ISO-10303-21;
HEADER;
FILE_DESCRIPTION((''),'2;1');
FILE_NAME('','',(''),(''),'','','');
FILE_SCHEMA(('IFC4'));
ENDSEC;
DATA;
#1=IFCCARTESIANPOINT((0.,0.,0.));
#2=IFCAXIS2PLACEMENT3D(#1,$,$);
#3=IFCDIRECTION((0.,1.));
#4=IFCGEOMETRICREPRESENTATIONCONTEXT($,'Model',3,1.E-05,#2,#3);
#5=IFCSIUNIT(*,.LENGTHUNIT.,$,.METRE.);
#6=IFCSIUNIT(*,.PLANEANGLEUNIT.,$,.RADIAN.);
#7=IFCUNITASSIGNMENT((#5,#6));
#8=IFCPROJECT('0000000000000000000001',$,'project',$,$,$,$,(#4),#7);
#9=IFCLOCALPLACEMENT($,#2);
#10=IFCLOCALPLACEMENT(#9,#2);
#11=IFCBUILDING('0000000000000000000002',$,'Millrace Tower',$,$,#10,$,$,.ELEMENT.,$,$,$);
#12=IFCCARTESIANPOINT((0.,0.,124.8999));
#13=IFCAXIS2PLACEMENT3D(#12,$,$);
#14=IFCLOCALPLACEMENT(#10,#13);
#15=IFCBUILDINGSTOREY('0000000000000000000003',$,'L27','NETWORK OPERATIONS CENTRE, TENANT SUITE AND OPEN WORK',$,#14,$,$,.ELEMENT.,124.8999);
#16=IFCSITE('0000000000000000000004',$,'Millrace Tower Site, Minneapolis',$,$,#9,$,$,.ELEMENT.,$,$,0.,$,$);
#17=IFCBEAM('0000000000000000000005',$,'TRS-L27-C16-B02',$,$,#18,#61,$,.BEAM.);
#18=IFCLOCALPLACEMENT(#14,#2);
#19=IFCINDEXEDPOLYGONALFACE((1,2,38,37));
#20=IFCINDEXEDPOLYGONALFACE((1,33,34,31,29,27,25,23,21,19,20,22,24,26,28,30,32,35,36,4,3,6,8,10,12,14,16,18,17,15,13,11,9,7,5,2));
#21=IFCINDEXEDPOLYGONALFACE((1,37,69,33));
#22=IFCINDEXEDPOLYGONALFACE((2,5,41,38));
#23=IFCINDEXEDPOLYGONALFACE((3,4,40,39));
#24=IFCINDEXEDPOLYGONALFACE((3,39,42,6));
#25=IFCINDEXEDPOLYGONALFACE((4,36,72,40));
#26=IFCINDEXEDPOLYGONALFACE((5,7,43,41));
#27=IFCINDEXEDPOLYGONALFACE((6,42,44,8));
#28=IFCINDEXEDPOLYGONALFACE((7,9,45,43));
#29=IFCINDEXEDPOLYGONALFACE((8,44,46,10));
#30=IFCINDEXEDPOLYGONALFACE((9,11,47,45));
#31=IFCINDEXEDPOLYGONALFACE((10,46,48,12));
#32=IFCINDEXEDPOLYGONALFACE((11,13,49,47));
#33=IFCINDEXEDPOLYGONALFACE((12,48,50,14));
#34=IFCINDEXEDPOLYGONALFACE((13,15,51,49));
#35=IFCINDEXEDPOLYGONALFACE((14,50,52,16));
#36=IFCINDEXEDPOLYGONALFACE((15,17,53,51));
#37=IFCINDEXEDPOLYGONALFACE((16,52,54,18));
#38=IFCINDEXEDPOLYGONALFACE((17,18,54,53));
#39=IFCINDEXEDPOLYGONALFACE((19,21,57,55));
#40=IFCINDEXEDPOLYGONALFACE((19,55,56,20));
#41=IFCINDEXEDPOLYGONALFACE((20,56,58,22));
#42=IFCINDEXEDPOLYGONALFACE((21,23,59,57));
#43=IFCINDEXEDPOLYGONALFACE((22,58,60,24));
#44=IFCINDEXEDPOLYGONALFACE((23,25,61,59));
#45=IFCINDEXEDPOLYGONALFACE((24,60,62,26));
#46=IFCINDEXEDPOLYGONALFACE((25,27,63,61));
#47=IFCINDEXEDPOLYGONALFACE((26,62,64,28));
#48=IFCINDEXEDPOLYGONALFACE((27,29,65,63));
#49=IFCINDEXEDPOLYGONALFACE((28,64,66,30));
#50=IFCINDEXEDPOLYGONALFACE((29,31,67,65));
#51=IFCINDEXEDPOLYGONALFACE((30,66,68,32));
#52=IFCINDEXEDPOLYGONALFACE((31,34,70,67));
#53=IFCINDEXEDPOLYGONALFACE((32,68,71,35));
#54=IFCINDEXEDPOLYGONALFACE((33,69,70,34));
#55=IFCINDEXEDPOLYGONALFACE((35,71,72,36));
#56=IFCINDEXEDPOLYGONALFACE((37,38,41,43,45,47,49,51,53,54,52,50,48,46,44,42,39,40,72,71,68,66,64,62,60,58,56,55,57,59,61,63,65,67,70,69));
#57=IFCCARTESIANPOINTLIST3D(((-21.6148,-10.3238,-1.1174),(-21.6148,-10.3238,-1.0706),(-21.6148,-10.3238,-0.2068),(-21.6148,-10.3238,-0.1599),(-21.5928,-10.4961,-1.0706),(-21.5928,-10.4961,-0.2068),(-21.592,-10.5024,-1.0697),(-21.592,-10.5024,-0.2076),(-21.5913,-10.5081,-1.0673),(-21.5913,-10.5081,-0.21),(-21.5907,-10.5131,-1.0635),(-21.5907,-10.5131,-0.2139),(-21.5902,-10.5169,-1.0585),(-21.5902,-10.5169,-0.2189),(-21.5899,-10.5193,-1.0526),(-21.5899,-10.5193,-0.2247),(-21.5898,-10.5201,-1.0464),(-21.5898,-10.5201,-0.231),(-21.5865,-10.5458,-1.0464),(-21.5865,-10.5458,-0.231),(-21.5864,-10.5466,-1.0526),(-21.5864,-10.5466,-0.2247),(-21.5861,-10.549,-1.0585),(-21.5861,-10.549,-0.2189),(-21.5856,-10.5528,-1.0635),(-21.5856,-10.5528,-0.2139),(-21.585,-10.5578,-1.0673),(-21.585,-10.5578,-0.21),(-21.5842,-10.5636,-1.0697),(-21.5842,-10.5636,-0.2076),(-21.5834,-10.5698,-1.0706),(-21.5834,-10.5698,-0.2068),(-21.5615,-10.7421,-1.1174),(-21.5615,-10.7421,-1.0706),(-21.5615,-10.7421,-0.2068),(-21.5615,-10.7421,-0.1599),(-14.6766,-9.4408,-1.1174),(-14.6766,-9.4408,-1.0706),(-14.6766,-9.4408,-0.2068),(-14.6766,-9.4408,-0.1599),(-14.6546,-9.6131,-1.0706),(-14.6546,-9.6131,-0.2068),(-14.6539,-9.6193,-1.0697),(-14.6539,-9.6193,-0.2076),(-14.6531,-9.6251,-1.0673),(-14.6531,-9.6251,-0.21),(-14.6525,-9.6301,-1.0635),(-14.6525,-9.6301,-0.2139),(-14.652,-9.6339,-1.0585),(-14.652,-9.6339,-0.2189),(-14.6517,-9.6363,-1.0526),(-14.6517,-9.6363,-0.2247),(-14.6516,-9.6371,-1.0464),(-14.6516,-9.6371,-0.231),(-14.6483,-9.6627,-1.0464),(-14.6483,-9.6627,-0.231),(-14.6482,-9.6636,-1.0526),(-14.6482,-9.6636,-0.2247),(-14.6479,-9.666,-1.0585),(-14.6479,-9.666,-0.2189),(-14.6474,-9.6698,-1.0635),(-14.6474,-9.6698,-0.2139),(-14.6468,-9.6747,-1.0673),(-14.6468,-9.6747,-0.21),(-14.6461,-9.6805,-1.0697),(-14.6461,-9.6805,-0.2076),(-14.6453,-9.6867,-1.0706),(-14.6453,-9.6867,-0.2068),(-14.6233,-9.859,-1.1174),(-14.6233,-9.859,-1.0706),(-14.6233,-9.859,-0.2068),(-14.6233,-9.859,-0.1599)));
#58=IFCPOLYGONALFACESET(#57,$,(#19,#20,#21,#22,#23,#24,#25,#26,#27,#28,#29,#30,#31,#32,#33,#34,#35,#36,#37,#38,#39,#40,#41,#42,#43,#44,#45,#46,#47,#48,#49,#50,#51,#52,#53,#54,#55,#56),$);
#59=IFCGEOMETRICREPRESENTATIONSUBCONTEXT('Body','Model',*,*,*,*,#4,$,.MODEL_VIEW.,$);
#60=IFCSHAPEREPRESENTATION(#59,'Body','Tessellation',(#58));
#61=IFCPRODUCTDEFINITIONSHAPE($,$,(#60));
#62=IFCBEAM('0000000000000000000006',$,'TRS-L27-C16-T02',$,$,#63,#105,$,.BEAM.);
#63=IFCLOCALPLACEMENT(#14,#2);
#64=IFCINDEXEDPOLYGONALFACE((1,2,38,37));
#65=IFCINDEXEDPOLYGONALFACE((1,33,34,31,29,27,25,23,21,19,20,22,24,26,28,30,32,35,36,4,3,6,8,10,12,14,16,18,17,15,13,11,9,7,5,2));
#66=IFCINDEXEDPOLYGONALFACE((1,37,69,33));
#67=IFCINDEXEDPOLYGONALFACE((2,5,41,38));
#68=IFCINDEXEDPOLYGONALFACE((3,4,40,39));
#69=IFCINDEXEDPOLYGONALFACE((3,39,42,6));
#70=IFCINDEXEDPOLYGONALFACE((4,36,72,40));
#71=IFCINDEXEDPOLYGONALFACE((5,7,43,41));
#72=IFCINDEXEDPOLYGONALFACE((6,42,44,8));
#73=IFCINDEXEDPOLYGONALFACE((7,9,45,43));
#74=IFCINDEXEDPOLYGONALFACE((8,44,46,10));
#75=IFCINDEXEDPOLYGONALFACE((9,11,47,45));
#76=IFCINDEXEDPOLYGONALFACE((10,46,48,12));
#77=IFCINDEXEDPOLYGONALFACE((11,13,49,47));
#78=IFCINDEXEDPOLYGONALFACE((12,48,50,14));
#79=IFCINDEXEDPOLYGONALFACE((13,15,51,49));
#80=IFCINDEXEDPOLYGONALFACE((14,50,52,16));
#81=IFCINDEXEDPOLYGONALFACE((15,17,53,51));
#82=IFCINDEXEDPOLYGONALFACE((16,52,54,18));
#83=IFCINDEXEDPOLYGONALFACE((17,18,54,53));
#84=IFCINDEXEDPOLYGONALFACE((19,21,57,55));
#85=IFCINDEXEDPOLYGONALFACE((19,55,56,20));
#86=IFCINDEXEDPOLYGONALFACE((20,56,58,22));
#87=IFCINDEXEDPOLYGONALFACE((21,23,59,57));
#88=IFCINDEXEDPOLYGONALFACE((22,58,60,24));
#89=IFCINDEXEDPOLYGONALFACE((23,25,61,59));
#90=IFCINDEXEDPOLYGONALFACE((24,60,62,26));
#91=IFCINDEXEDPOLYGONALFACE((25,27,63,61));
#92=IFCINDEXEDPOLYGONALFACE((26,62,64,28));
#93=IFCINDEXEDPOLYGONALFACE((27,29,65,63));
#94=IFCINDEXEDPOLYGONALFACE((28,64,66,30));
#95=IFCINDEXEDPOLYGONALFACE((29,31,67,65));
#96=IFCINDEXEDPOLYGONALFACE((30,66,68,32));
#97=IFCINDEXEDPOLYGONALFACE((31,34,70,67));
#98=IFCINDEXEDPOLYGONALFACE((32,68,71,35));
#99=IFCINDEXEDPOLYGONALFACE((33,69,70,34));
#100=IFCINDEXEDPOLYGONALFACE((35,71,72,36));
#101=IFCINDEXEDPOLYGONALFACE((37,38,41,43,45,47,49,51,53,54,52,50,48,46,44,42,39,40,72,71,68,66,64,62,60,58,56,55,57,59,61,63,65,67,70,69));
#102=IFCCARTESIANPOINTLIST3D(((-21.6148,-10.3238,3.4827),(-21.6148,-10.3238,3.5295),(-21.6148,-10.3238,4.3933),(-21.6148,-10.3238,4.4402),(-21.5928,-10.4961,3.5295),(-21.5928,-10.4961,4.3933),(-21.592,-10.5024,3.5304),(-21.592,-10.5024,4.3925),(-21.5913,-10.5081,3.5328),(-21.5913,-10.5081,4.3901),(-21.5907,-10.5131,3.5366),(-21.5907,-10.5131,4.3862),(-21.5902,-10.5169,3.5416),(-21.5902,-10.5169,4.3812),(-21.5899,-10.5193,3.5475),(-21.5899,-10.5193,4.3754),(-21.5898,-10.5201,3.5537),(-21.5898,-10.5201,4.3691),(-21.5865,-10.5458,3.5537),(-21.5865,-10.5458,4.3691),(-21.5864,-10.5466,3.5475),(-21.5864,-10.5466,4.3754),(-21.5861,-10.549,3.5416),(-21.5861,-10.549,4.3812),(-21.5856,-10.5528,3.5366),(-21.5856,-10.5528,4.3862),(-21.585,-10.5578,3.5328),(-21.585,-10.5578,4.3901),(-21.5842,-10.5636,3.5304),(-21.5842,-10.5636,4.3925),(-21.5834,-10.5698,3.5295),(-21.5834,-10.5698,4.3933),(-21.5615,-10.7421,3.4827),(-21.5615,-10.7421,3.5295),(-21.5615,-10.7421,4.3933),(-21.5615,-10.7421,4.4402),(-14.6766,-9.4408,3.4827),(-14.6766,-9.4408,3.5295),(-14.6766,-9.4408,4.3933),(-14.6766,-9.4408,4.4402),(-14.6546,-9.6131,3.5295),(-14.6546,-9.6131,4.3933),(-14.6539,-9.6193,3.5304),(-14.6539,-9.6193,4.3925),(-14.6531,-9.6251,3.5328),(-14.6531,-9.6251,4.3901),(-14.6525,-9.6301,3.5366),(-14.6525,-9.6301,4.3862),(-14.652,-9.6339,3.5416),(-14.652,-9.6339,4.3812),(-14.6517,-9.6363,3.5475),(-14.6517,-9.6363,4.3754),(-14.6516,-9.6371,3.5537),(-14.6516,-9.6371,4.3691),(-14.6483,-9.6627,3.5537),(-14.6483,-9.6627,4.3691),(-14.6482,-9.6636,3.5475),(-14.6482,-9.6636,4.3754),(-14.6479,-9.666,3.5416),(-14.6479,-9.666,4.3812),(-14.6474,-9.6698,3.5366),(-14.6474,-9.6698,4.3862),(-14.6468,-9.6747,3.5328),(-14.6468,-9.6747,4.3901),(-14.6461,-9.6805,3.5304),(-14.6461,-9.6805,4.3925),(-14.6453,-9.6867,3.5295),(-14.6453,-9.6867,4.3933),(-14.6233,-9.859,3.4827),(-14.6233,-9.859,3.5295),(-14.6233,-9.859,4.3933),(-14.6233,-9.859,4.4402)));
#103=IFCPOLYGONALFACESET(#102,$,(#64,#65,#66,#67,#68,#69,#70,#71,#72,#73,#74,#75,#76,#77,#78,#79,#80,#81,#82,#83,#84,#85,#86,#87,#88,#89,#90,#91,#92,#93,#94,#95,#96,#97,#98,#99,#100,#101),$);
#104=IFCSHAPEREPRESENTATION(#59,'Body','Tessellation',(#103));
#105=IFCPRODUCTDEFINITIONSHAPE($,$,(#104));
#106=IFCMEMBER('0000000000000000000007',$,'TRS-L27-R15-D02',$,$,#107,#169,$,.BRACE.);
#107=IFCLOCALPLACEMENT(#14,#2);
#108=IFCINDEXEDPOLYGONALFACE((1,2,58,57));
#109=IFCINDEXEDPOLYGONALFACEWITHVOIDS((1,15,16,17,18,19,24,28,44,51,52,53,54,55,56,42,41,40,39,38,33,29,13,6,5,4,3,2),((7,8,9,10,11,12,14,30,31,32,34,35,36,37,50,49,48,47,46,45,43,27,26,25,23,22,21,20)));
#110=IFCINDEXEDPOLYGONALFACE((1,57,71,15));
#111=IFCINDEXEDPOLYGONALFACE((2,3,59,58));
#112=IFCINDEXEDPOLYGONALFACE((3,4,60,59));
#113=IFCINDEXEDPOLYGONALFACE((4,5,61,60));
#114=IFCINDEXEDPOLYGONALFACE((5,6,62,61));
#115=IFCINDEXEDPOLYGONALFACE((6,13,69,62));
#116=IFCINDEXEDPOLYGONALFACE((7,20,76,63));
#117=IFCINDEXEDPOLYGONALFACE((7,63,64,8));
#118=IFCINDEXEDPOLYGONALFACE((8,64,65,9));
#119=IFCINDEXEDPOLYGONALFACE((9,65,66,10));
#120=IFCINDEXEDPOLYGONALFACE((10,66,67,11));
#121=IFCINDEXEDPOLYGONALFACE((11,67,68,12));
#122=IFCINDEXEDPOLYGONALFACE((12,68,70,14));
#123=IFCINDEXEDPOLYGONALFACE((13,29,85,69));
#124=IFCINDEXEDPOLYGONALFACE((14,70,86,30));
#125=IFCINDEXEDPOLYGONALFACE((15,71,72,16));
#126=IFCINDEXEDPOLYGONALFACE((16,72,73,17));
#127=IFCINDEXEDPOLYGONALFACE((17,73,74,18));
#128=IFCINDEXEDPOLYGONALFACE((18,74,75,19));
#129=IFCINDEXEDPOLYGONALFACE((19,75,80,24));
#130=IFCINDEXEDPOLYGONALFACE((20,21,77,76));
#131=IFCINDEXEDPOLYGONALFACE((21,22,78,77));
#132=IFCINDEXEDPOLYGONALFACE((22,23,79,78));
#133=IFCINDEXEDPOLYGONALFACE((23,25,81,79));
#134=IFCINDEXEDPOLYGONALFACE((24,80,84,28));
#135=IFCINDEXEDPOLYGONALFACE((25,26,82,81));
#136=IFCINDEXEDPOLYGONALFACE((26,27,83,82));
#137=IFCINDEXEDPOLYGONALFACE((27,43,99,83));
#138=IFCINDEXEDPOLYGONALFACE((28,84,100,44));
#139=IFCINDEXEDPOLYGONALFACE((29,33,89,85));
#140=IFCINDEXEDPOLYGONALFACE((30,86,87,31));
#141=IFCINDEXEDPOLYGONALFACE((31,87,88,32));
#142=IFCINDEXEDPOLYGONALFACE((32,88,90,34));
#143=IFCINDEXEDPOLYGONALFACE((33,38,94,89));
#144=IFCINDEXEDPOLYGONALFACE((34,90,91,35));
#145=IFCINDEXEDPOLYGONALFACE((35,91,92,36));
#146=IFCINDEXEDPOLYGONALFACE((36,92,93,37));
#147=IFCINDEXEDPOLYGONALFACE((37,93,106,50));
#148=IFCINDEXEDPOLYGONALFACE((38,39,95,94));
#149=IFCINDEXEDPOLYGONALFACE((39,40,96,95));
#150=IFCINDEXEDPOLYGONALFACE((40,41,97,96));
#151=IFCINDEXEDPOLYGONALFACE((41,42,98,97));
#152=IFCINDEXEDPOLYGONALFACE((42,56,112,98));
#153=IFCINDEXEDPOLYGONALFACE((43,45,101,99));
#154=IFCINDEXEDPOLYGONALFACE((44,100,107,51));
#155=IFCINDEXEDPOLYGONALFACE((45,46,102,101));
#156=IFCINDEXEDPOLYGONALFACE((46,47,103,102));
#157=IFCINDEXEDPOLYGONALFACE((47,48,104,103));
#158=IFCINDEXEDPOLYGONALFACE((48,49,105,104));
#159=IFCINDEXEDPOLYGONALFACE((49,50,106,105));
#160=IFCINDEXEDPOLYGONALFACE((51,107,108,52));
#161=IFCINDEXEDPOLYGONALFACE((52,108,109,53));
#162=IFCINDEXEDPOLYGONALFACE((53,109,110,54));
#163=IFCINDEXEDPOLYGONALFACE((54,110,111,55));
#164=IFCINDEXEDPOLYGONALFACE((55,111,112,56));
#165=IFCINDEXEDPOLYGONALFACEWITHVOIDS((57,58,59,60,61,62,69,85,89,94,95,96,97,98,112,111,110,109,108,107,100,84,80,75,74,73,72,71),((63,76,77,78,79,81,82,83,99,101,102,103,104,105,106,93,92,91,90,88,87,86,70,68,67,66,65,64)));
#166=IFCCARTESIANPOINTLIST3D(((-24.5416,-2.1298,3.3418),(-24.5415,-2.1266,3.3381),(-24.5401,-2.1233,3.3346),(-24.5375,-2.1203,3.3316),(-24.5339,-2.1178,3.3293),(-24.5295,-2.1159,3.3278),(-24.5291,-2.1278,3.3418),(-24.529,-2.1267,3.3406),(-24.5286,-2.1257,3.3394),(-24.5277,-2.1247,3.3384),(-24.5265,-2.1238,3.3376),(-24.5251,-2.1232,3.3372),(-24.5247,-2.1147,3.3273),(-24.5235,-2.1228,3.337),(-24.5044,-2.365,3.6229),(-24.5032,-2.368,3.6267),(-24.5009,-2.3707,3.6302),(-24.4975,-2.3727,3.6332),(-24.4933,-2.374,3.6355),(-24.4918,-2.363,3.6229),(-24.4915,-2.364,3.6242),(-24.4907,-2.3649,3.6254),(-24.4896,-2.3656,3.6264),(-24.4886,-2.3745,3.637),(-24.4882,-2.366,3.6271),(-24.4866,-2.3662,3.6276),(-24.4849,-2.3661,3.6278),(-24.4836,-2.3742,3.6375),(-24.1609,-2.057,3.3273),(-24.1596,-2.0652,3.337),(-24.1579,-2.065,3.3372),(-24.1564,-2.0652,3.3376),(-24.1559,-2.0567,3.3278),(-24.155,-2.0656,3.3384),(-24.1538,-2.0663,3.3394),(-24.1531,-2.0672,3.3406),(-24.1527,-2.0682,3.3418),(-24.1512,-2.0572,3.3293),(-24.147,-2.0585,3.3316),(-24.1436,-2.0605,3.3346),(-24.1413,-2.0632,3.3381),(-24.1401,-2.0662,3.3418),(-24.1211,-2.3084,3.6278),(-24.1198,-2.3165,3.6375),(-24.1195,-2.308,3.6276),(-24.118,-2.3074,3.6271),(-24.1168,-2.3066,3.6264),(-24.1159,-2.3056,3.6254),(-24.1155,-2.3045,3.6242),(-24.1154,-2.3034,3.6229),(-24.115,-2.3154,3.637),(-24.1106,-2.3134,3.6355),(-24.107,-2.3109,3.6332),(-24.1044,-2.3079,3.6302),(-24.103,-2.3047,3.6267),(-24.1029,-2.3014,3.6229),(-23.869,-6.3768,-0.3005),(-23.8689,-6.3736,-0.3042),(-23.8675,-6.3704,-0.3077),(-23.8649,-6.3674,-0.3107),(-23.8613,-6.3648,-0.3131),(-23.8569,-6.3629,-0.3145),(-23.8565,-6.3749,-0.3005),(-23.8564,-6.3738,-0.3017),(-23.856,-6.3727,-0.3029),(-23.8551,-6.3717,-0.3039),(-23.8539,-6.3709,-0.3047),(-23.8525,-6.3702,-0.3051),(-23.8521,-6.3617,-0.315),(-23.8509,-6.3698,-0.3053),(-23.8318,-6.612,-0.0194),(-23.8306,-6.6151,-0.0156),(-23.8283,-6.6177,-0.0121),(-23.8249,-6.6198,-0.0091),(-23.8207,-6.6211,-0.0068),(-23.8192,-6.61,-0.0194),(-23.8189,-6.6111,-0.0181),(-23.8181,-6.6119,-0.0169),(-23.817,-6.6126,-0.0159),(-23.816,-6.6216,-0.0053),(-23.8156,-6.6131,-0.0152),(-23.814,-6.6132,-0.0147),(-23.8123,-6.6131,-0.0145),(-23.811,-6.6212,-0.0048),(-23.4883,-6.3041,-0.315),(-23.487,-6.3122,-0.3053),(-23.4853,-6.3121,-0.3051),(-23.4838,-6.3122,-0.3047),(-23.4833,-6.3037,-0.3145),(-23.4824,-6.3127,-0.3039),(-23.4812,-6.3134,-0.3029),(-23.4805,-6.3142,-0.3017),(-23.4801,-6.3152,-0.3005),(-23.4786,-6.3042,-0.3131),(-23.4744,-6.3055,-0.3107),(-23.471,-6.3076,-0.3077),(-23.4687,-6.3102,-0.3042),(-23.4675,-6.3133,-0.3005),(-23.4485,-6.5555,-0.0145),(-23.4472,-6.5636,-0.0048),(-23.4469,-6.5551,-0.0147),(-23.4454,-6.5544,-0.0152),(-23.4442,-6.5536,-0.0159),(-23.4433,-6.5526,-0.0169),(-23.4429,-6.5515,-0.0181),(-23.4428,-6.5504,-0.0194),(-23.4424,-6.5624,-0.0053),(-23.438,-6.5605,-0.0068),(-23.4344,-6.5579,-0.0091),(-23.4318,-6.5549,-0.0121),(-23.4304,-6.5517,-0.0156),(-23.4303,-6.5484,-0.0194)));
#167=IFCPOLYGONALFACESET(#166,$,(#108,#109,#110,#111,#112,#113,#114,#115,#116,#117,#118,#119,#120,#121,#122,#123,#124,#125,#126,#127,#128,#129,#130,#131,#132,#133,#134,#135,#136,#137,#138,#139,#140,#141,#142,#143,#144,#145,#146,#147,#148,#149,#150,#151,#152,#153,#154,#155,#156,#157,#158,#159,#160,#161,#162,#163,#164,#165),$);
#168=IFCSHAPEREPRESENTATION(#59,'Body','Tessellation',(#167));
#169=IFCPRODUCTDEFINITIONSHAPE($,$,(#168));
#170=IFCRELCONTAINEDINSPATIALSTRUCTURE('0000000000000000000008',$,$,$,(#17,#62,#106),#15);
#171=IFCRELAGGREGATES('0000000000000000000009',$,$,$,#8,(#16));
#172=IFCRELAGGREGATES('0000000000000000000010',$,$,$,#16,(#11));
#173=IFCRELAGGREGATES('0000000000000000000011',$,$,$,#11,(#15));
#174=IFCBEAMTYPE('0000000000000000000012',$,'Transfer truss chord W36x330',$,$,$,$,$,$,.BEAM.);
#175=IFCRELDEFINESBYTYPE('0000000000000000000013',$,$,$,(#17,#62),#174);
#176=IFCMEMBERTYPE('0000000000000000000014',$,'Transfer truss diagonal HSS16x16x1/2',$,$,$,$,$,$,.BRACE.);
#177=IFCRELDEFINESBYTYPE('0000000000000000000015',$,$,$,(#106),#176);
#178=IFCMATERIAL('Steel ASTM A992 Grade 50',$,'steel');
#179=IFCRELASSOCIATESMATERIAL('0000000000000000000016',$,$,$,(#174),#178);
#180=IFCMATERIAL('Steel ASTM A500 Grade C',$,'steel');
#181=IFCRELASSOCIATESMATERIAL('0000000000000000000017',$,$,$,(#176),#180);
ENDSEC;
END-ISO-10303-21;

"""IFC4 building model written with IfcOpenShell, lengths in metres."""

from ifc_helpers import new_model, si_unit, direction, frame, origin, origin_2d, place, context, subcontext, project, spatial, hollow_rectangle, i_section, extrude, material, material_profile, profile_set, type_object, element, save


model = new_model("IFC4")

# Units and contexts
model_context = context("Model", 3, precision=1e-05, world=origin(), true_north=direction((0.0, 1.0)))
body_context = subcontext(model_context, "Body", "Model", "MODEL_VIEW")
ifc_project = project(units=[si_unit("LENGTHUNIT", "METRE"), si_unit("PLANEANGLEUNIT", "RADIAN")], contexts=[model_context])

# Site, building, storey
site_placement = place(None, origin())
site = spatial("IfcSite", under=ifc_project, at=site_placement, Name="Millrace Tower Site, Minneapolis", CompositionType="ELEMENT", RefElevation=0.0)
building_placement = place(site_placement, origin())
building = spatial("IfcBuilding", under=site, at=building_placement, Name="Millrace Tower", CompositionType="ELEMENT")
storey_placement = place(building_placement, frame((0.0, 0.0, 124.8999)))
storey = spatial("IfcBuildingStorey", under=building, at=storey_placement, Name="L27", Description="NETWORK OPERATIONS CENTRE, TENANT SUITE AND OPEN WORK", CompositionType="ELEMENT", Elevation=124.8999)

# Beams
ifc_material_1 = material(Name="Steel ASTM A992 Grade 50", Category="steel")
ifc_material_profile_1 = material_profile(ifc_material_1, i_section(OverallWidth=0.4216, OverallDepth=0.9575, WebThickness=0.0259, FlangeThickness=0.0469, FilletRadius=0.0242, at=origin_2d()))
ifc_profile_set_1 = profile_set([ifc_material_profile_1], Name="Steel ASTM A992 Grade 50")
beam_type_1 = type_object("IfcBeamType", Name="Transfer truss chord W36x330", PredefinedType="BEAM", material=ifc_profile_set_1)
for number, where, z_axis, x_axis, name in (
    (1, (-21.5881, -10.533, -0.6387), (0.991998, 0.126256, 0.0), (-0.126256, 0.991998, 0.0), "TRS-L27-C16-B02"),
    (2, (-21.5881, -10.533, 3.9614), (0.991998, 0.126256, 0.0), (-0.126256, 0.991998, 0.0), "TRS-L27-C16-T02"),
):
    element("IfcBeam", number, at=place(storey_placement, frame(where, z_axis=z_axis, x_axis=x_axis)), inside=storey, type_object=beam_type_1, Name=name, PredefinedType="BEAM", context=body_context, shape_type="SweptSolid", body=[
        extrude(i_section(OverallWidth=0.4216, OverallDepth=0.9575, WebThickness=0.0259, FlangeThickness=0.0469, FilletRadius=0.0242, at=origin_2d()), origin(), (0.0, 0.0, 1.0), 6.9941),
    ])

# Member
ifc_material_2 = material(Name="Steel ASTM A500 Grade C", Category="steel")
ifc_material_profile_2 = material_profile(ifc_material_2, hollow_rectangle(XDim=0.4065, YDim=0.4065, WallThickness=0.0127, InnerFilletRadius=0.0063, OuterFilletRadius=0.019, at=origin_2d()))
ifc_profile_set_2 = profile_set([ifc_material_profile_2], Name="Steel ASTM A500 Grade C")
member_type_1 = type_object("IfcMemberType", Name="Transfer truss diagonal HSS16x16x1/2", PredefinedType="BRACE", material=ifc_profile_set_2)
member_1_placement = place(storey_placement, frame((-23.6497, -6.4626, -0.1599), z_axis=(-0.119356, 0.753655, 0.646343), x_axis=(-0.987691, -0.15642, 0.0)))
element("IfcMember", 3, at=member_1_placement, inside=storey, type_object=member_type_1, Name="TRS-L27-R15-D02", PredefinedType="BRACE", context=body_context, shape_type="SweptSolid", body=[
    extrude(hollow_rectangle(XDim=0.4065, YDim=0.4065, WallThickness=0.0127, InnerFilletRadius=0.0063, OuterFilletRadius=0.019, at=origin_2d()), origin(), (0.0, 0.0, 1.0), 5.6353),
])

save(model, "model.ifc")
